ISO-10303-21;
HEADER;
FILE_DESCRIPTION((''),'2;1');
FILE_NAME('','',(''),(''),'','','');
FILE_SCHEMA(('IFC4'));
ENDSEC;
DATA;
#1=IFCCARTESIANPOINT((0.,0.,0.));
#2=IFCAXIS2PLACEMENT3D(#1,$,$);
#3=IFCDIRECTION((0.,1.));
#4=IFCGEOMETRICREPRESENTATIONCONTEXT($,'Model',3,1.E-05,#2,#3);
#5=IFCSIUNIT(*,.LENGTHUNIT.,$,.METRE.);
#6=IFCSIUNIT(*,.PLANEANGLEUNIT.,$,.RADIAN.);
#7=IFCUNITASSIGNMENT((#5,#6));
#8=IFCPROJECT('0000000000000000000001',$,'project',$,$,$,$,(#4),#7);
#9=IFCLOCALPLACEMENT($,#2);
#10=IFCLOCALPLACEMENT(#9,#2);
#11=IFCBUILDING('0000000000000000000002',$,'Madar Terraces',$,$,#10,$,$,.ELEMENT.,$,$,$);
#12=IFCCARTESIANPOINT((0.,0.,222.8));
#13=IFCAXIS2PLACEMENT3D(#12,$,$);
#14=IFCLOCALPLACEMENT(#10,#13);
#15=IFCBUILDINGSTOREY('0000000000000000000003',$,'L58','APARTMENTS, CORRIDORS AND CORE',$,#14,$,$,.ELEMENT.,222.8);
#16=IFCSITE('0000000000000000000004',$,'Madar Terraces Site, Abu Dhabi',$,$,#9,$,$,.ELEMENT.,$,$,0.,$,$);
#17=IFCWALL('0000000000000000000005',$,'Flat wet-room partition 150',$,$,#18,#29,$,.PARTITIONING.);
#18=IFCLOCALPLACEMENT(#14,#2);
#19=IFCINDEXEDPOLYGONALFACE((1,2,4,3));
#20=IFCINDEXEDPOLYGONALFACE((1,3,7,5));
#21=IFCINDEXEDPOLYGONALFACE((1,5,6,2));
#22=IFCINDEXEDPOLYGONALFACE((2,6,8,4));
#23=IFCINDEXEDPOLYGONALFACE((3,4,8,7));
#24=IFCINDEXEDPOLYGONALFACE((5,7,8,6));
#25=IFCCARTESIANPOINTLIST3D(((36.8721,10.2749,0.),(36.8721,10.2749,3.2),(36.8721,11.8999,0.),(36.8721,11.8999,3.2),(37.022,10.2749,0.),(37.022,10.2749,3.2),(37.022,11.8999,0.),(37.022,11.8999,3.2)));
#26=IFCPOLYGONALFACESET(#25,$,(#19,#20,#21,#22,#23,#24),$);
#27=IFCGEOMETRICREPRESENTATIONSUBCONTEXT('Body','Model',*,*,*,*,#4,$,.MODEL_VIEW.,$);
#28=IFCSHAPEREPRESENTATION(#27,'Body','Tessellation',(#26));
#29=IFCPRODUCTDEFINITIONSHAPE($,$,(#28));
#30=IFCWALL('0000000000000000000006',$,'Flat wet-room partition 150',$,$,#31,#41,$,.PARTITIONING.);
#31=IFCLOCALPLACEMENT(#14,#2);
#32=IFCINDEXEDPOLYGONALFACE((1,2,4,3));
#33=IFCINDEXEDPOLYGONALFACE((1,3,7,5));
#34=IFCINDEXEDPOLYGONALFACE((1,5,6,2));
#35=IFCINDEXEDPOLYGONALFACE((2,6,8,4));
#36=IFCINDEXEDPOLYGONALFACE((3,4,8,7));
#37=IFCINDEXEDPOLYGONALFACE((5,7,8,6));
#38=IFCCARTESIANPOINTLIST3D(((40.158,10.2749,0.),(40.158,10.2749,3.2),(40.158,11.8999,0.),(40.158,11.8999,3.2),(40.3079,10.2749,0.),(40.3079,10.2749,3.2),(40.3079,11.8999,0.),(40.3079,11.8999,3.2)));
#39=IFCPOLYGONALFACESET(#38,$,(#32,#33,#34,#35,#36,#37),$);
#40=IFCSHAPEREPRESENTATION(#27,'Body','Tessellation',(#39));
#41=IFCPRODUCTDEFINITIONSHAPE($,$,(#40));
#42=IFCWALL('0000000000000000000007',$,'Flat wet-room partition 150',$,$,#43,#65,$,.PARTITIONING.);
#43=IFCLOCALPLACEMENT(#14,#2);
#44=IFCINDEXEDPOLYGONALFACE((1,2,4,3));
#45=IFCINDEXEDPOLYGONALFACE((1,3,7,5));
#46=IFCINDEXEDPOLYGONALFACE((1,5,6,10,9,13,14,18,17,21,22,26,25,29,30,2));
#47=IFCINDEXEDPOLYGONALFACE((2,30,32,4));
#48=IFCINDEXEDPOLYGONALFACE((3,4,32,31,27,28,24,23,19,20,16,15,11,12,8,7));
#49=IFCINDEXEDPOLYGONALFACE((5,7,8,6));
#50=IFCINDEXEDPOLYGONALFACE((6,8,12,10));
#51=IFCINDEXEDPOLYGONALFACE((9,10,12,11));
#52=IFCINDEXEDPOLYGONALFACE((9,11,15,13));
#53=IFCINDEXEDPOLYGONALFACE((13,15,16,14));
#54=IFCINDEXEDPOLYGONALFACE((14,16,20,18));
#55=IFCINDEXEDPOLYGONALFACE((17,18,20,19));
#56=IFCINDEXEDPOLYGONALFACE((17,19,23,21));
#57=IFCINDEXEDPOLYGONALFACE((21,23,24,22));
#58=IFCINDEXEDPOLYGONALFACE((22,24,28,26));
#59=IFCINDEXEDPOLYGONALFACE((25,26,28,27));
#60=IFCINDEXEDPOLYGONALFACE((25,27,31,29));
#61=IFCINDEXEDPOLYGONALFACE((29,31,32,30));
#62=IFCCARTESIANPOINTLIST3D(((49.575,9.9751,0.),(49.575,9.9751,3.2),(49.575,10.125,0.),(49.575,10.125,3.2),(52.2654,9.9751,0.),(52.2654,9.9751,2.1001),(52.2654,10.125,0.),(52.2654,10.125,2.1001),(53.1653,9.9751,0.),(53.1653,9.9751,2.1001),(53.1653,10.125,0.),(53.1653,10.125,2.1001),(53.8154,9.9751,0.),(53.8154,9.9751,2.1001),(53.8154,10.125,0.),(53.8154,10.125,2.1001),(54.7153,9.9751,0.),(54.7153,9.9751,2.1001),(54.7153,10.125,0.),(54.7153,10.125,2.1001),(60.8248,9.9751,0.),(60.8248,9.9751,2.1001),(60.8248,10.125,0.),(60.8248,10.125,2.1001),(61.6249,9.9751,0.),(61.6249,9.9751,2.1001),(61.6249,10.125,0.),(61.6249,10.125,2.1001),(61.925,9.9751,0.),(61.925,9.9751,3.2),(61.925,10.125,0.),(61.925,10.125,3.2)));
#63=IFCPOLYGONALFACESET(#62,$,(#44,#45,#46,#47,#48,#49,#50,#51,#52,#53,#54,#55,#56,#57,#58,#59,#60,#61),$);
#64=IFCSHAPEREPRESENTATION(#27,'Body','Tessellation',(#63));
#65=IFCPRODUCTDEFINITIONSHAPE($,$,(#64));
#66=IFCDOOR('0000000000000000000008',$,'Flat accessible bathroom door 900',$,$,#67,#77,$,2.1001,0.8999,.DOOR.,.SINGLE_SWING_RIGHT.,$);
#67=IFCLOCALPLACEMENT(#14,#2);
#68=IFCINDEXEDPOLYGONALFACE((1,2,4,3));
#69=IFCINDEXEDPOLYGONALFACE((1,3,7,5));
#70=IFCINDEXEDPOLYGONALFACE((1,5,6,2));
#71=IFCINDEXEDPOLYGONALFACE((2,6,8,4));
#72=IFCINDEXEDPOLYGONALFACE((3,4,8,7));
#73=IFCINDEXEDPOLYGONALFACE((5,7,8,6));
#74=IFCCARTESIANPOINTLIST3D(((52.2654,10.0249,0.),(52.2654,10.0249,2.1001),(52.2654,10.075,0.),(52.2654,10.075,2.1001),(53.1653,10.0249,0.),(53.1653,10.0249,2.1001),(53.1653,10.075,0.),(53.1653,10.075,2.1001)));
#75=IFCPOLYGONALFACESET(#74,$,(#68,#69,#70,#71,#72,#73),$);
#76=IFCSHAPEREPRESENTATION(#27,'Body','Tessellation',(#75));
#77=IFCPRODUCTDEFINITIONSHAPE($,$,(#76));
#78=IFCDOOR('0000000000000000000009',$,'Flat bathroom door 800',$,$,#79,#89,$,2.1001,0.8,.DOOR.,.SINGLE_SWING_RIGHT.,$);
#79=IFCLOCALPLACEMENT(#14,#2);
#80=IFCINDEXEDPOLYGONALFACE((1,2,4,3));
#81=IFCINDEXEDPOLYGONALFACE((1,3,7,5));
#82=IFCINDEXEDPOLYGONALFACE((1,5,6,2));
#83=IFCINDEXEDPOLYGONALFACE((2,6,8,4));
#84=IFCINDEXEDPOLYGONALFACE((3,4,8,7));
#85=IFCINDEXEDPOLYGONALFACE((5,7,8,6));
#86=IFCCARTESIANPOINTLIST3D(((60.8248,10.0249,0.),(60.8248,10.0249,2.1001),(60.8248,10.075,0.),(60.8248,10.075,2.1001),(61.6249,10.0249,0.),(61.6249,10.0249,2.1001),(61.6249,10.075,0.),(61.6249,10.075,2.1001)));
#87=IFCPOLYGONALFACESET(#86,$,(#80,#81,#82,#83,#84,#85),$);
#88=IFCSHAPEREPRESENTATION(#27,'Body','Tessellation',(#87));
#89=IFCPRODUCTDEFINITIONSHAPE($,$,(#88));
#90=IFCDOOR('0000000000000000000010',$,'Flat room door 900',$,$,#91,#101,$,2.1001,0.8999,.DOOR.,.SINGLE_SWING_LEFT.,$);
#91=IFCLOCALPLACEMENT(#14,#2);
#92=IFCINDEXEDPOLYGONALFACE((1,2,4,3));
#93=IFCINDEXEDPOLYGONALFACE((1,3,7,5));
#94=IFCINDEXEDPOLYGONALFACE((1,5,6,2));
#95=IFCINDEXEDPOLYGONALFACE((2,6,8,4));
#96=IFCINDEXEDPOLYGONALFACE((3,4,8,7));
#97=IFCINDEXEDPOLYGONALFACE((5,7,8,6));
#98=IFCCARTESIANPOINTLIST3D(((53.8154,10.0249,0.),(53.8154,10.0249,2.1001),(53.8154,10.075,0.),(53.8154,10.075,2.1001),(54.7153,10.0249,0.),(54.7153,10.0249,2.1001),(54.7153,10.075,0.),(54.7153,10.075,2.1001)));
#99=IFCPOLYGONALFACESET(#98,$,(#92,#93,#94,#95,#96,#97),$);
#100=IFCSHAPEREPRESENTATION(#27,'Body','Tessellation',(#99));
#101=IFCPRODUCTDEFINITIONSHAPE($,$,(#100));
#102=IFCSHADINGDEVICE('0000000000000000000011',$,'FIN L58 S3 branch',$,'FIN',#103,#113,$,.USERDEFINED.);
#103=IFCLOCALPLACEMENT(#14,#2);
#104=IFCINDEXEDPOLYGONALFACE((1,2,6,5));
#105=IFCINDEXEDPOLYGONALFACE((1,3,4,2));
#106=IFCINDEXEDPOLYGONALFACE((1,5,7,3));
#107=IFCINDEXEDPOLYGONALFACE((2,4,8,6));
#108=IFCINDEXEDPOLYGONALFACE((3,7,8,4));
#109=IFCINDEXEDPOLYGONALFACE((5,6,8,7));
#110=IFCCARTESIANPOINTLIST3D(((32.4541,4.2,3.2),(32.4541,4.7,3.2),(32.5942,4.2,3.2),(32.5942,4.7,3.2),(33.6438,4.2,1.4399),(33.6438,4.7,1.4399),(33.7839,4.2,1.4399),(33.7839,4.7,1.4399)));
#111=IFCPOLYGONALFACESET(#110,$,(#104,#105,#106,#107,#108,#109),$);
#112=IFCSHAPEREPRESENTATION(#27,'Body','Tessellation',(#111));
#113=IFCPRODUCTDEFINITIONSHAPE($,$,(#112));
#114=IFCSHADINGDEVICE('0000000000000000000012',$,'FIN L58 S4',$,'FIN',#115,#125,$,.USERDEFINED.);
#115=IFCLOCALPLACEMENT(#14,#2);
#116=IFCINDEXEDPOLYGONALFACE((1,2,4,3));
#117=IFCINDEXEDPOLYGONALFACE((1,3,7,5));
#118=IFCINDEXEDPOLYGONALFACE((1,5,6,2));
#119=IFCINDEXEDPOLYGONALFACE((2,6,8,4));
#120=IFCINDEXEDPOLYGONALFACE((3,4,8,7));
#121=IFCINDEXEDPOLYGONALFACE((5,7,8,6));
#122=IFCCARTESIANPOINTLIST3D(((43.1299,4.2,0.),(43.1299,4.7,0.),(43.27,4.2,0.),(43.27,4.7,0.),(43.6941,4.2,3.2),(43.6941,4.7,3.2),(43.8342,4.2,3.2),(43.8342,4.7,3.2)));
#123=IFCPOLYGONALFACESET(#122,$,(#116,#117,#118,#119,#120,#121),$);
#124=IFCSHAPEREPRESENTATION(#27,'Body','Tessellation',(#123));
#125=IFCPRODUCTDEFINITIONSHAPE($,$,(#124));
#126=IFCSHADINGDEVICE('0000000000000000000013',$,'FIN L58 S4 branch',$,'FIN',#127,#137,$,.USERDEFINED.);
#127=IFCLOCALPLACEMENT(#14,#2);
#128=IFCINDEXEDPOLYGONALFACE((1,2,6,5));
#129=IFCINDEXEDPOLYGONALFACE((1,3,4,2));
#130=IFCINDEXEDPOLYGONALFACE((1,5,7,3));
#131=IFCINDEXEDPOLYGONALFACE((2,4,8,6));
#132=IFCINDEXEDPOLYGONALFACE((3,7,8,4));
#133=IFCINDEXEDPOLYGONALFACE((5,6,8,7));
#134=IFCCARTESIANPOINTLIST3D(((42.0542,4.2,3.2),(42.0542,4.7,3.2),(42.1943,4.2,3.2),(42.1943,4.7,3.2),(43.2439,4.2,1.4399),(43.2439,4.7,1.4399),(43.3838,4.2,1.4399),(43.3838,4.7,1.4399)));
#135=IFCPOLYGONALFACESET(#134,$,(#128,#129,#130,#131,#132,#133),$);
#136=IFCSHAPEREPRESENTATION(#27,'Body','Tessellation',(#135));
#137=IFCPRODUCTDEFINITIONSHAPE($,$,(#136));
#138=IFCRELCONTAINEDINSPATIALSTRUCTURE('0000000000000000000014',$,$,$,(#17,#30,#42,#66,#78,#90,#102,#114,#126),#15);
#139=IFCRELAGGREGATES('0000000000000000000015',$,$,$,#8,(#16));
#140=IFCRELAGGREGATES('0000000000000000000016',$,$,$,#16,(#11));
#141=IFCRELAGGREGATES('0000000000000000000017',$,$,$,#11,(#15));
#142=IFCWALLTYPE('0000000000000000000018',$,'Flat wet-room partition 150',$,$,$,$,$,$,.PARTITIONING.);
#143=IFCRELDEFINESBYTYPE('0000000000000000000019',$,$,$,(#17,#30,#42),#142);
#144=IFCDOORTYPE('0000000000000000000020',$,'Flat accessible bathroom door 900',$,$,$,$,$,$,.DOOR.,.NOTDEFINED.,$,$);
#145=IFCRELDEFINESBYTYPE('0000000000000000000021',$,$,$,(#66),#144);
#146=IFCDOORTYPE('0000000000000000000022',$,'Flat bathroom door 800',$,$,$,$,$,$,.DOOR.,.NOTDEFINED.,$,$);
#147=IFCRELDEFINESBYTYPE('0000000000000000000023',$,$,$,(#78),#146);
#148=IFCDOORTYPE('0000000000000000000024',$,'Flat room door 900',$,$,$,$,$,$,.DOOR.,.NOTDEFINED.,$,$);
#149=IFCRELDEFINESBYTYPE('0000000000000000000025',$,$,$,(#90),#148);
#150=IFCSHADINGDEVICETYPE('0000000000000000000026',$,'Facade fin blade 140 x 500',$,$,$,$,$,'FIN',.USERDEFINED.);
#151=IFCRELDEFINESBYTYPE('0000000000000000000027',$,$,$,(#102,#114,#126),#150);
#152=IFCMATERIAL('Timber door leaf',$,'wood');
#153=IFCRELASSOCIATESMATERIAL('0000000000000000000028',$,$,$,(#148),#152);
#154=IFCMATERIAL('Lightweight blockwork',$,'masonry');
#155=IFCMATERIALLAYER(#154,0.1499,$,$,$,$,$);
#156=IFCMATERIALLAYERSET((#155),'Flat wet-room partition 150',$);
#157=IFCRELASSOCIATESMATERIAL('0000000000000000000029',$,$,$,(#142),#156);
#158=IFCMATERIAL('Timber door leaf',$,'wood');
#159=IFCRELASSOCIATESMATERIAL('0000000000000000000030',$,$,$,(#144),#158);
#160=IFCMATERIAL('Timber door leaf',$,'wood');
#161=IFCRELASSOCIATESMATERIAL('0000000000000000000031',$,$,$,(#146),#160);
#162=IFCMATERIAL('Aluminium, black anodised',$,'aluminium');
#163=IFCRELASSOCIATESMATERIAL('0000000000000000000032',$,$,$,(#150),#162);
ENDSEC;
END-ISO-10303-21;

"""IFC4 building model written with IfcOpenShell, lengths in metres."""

from ifc_helpers import new_model, si_unit, direction, frame, frame_2d, origin, place, context, subcontext, project, spatial, polyline, rectangle, outline, extrude, material, layer, layer_set, type_object, element, fill, save


model = new_model("IFC4")

# Units and contexts
model_context = context("Model", 3, precision=1e-05, world=origin(), true_north=direction((0.0, 1.0)))
body_context = subcontext(model_context, "Body", "Model", "MODEL_VIEW")
ifc_project = project(units=[si_unit("LENGTHUNIT", "METRE"), si_unit("PLANEANGLEUNIT", "RADIAN")], contexts=[model_context])

# Site, building, storey
site_placement = place(None, origin())
site = spatial("IfcSite", under=ifc_project, at=site_placement, Name="Madar Terraces Site, Abu Dhabi", CompositionType="ELEMENT", RefElevation=0.0)
building_placement = place(site_placement, origin())
building = spatial("IfcBuilding", under=site, at=building_placement, Name="Madar Terraces", CompositionType="ELEMENT")
storey_placement = place(building_placement, frame((0.0, 0.0, 222.8)))
storey = spatial("IfcBuildingStorey", under=building, at=storey_placement, Name="L58", Description="APARTMENTS, CORRIDORS AND CORE", CompositionType="ELEMENT", Elevation=222.8)

# Shared definitions
ifc_material_1 = material(Name="Timber door leaf", Category="wood")
door_type_1 = type_object("IfcDoorType", Name="Flat room door 900", OperationType="NOTDEFINED", PredefinedType="DOOR", material=ifc_material_1)

# Walls
ifc_material_2 = material(Name="Lightweight blockwork", Category="masonry")
ifc_layer_1 = layer(ifc_material_2, 0.1499)
ifc_layer_set_1 = layer_set([ifc_layer_1], Name="Flat wet-room partition 150")
wall_type_1 = type_object("IfcWallType", Name="Flat wet-room partition 150", PredefinedType="PARTITIONING", material=ifc_layer_set_1)
for number, where, z_axis, x_axis, name in (
    (1, (36.947, 11.8999, 0.0), (0.0, 0.0, 1.0), (0.0, -1.0, 0.0), "Flat wet-room partition 150"),
    (2, (40.2329, 11.8999, 0.0), (0.0, 0.0, 1.0), (0.0, -1.0, 0.0), "Flat wet-room partition 150"),
):
    element("IfcWall", number, at=place(storey_placement, frame(where, z_axis=z_axis, x_axis=x_axis)), inside=storey, type_object=wall_type_1, Name=name, PredefinedType="PARTITIONING", context=body_context, shape_type="SweptSolid", body=[
        extrude(rectangle(XDim=1.625, YDim=0.1499, at=frame_2d((0.8125, 0.0))), origin(), (0.0, 0.0, 1.0), 3.2),
    ])

# Wall, openings, doors
wall_1_placement = place(storey_placement, frame((49.575, 10.05, 0.0), z_axis=(0.0, 0.0, 1.0), x_axis=(1.0, 0.0, 0.0)))
wall_1 = element("IfcWall", 3, at=wall_1_placement, inside=storey, type_object=wall_type_1, Name="Flat wet-room partition 150", PredefinedType="PARTITIONING", context=body_context, shape_type="SweptSolid", body=[
    extrude(rectangle(XDim=12.3501, YDim=0.1499, at=frame_2d((6.175, 0.0))), origin(), (0.0, 0.0, 1.0), 3.2),
])
opening_1_placement = place(wall_1_placement, frame((2.6904, 0.0, 0.0)))
opening_1 = element("IfcOpeningElement", 4, at=opening_1_placement, cuts=wall_1, PredefinedType="OPENING", context=body_context, shape_type="SweptSolid", body=[
    extrude(rectangle(XDim=0.8999, YDim=2.1001, at=frame_2d((0.45, 1.05))), frame((0.0, 0.085, 0.0), z_axis=(0.0, -1.0, 0.0), x_axis=(1.0, 0.0, 0.0)), (0.0, 0.0, 1.0), 0.1699),
])
opening_2_placement = place(wall_1_placement, frame((4.2405, 0.0, 0.0)))
opening_2 = element("IfcOpeningElement", 5, at=opening_2_placement, cuts=wall_1, PredefinedType="OPENING", context=body_context, shape_type="SweptSolid", body=[
    extrude(rectangle(XDim=0.8999, YDim=2.1001, at=frame_2d((0.45, 1.05))), frame((0.0, 0.085, 0.0), z_axis=(0.0, -1.0, 0.0), x_axis=(1.0, 0.0, 0.0)), (0.0, 0.0, 1.0), 0.1699),
])
opening_3_placement = place(wall_1_placement, frame((11.25, 0.0, 0.0)))
opening_3 = element("IfcOpeningElement", 6, at=opening_3_placement, cuts=wall_1, PredefinedType="OPENING", context=body_context, shape_type="SweptSolid", body=[
    extrude(rectangle(XDim=0.8, YDim=2.1001, at=frame_2d((0.3999, 1.05))), frame((0.0, 0.085, 0.0), z_axis=(0.0, -1.0, 0.0), x_axis=(1.0, 0.0, 0.0)), (0.0, 0.0, 1.0), 0.1699),
])
ifc_material_3 = material(Name="Timber door leaf", Category="wood")
door_type_2 = type_object("IfcDoorType", Name="Flat accessible bathroom door 900", OperationType="NOTDEFINED", PredefinedType="DOOR", material=ifc_material_3)
door_1_placement = place(opening_1_placement, origin())
door_1 = element("IfcDoor", 7, at=door_1_placement, inside=storey, type_object=door_type_2, Name="Flat accessible bathroom door 900", OperationType="SINGLE_SWING_RIGHT", OverallHeight=2.1001, OverallWidth=0.8999, PredefinedType="DOOR", context=body_context, shape_type="SweptSolid", body=[
    extrude(rectangle(XDim=0.8999, YDim=2.1001, at=frame_2d((0.45, 1.05))), frame((0.0, 0.0249, 0.0), z_axis=(0.0, -1.0, 0.0), x_axis=(1.0, 0.0, 0.0)), (0.0, 0.0, 1.0), 0.05),
])
fill(opening_1, door_1)
ifc_material_4 = material(Name="Timber door leaf", Category="wood")
door_type_3 = type_object("IfcDoorType", Name="Flat bathroom door 800", OperationType="NOTDEFINED", PredefinedType="DOOR", material=ifc_material_4)
door_2_placement = place(opening_3_placement, origin())
door_2 = element("IfcDoor", 8, at=door_2_placement, inside=storey, type_object=door_type_3, Name="Flat bathroom door 800", OperationType="SINGLE_SWING_RIGHT", OverallHeight=2.1001, OverallWidth=0.8, PredefinedType="DOOR", context=body_context, shape_type="SweptSolid", body=[
    extrude(rectangle(XDim=0.8, YDim=2.1001, at=frame_2d((0.3999, 1.05))), frame((0.0, 0.0249, 0.0), z_axis=(0.0, -1.0, 0.0), x_axis=(1.0, 0.0, 0.0)), (0.0, 0.0, 1.0), 0.05),
])
fill(opening_3, door_2)
door_3_placement = place(opening_2_placement, origin())
door_3 = element("IfcDoor", 9, at=door_3_placement, inside=storey, type_object=door_type_1, Name="Flat room door 900", OperationType="SINGLE_SWING_LEFT", OverallHeight=2.1001, OverallWidth=0.8999, PredefinedType="DOOR", context=body_context, shape_type="SweptSolid", body=[
    extrude(rectangle(XDim=0.8999, YDim=2.1001, at=frame_2d((0.45, 1.05))), frame((0.0, 0.0249, 0.0), z_axis=(0.0, -1.0, 0.0), x_axis=(1.0, 0.0, 0.0)), (0.0, 0.0, 1.0), 0.05),
])
fill(opening_2, door_3)

# Shading devices
ifc_material_5 = material(Name="Aluminium, black anodised", Category="aluminium")
shading_device_type = type_object("IfcShadingDeviceType", Name="Facade fin blade 140 x 500", ElementType="FIN", PredefinedType="USERDEFINED", material=ifc_material_5)
shading_device_1_placement = place(storey_placement, frame((33.6438, 4.45, 1.4399), z_axis=(0.0, 0.0, 1.0), x_axis=(1.0, 0.0, 0.0)))
element("IfcShadingDevice", 10, at=shading_device_1_placement, inside=storey, type_object=shading_device_type, Name="FIN L58 S3 branch", ObjectType="FIN", PredefinedType="USERDEFINED", context=body_context, shape_type="SweptSolid", body=[
    extrude(outline(polyline([(0.0, 0.0), (0.1401, 0.0), (-1.0496, 1.76), (-1.1897, 1.76), (0.0, 0.0)])), frame((0.0, 0.25, 0.0), z_axis=(0.0, -1.0, 0.0), x_axis=(1.0, 0.0, 0.0)), (0.0, 0.0, 1.0), 0.5),
])
shading_device_2_placement = place(storey_placement, frame((43.1299, 4.45, 0.0), z_axis=(0.0, 0.0, 1.0), x_axis=(1.0, 0.0, 0.0)))
element("IfcShadingDevice", 11, at=shading_device_2_placement, inside=storey, type_object=shading_device_type, Name="FIN L58 S4", ObjectType="FIN", PredefinedType="USERDEFINED", context=body_context, shape_type="SweptSolid", body=[
    extrude(outline(polyline([(0.0, 0.0), (0.1401, 0.0), (0.7043, 3.2), (0.5642, 3.2), (0.0, 0.0)])), frame((0.0, 0.25, 0.0), z_axis=(0.0, -1.0, 0.0), x_axis=(1.0, 0.0, 0.0)), (0.0, 0.0, 1.0), 0.5),
])
shading_device_3_placement = place(storey_placement, frame((43.2439, 4.45, 1.4399), z_axis=(0.0, 0.0, 1.0), x_axis=(1.0, 0.0, 0.0)))
element("IfcShadingDevice", 12, at=shading_device_3_placement, inside=storey, type_object=shading_device_type, Name="FIN L58 S4 branch", ObjectType="FIN", PredefinedType="USERDEFINED", context=body_context, shape_type="SweptSolid", body=[
    extrude(outline(polyline([(0.0, 0.0), (0.1399, 0.0), (-1.0496, 1.76), (-1.1897, 1.76), (0.0, 0.0)])), frame((0.0, 0.25, 0.0), z_axis=(0.0, -1.0, 0.0), x_axis=(1.0, 0.0, 0.0)), (0.0, 0.0, 1.0), 0.5),
])

save(model, "model.ifc")
